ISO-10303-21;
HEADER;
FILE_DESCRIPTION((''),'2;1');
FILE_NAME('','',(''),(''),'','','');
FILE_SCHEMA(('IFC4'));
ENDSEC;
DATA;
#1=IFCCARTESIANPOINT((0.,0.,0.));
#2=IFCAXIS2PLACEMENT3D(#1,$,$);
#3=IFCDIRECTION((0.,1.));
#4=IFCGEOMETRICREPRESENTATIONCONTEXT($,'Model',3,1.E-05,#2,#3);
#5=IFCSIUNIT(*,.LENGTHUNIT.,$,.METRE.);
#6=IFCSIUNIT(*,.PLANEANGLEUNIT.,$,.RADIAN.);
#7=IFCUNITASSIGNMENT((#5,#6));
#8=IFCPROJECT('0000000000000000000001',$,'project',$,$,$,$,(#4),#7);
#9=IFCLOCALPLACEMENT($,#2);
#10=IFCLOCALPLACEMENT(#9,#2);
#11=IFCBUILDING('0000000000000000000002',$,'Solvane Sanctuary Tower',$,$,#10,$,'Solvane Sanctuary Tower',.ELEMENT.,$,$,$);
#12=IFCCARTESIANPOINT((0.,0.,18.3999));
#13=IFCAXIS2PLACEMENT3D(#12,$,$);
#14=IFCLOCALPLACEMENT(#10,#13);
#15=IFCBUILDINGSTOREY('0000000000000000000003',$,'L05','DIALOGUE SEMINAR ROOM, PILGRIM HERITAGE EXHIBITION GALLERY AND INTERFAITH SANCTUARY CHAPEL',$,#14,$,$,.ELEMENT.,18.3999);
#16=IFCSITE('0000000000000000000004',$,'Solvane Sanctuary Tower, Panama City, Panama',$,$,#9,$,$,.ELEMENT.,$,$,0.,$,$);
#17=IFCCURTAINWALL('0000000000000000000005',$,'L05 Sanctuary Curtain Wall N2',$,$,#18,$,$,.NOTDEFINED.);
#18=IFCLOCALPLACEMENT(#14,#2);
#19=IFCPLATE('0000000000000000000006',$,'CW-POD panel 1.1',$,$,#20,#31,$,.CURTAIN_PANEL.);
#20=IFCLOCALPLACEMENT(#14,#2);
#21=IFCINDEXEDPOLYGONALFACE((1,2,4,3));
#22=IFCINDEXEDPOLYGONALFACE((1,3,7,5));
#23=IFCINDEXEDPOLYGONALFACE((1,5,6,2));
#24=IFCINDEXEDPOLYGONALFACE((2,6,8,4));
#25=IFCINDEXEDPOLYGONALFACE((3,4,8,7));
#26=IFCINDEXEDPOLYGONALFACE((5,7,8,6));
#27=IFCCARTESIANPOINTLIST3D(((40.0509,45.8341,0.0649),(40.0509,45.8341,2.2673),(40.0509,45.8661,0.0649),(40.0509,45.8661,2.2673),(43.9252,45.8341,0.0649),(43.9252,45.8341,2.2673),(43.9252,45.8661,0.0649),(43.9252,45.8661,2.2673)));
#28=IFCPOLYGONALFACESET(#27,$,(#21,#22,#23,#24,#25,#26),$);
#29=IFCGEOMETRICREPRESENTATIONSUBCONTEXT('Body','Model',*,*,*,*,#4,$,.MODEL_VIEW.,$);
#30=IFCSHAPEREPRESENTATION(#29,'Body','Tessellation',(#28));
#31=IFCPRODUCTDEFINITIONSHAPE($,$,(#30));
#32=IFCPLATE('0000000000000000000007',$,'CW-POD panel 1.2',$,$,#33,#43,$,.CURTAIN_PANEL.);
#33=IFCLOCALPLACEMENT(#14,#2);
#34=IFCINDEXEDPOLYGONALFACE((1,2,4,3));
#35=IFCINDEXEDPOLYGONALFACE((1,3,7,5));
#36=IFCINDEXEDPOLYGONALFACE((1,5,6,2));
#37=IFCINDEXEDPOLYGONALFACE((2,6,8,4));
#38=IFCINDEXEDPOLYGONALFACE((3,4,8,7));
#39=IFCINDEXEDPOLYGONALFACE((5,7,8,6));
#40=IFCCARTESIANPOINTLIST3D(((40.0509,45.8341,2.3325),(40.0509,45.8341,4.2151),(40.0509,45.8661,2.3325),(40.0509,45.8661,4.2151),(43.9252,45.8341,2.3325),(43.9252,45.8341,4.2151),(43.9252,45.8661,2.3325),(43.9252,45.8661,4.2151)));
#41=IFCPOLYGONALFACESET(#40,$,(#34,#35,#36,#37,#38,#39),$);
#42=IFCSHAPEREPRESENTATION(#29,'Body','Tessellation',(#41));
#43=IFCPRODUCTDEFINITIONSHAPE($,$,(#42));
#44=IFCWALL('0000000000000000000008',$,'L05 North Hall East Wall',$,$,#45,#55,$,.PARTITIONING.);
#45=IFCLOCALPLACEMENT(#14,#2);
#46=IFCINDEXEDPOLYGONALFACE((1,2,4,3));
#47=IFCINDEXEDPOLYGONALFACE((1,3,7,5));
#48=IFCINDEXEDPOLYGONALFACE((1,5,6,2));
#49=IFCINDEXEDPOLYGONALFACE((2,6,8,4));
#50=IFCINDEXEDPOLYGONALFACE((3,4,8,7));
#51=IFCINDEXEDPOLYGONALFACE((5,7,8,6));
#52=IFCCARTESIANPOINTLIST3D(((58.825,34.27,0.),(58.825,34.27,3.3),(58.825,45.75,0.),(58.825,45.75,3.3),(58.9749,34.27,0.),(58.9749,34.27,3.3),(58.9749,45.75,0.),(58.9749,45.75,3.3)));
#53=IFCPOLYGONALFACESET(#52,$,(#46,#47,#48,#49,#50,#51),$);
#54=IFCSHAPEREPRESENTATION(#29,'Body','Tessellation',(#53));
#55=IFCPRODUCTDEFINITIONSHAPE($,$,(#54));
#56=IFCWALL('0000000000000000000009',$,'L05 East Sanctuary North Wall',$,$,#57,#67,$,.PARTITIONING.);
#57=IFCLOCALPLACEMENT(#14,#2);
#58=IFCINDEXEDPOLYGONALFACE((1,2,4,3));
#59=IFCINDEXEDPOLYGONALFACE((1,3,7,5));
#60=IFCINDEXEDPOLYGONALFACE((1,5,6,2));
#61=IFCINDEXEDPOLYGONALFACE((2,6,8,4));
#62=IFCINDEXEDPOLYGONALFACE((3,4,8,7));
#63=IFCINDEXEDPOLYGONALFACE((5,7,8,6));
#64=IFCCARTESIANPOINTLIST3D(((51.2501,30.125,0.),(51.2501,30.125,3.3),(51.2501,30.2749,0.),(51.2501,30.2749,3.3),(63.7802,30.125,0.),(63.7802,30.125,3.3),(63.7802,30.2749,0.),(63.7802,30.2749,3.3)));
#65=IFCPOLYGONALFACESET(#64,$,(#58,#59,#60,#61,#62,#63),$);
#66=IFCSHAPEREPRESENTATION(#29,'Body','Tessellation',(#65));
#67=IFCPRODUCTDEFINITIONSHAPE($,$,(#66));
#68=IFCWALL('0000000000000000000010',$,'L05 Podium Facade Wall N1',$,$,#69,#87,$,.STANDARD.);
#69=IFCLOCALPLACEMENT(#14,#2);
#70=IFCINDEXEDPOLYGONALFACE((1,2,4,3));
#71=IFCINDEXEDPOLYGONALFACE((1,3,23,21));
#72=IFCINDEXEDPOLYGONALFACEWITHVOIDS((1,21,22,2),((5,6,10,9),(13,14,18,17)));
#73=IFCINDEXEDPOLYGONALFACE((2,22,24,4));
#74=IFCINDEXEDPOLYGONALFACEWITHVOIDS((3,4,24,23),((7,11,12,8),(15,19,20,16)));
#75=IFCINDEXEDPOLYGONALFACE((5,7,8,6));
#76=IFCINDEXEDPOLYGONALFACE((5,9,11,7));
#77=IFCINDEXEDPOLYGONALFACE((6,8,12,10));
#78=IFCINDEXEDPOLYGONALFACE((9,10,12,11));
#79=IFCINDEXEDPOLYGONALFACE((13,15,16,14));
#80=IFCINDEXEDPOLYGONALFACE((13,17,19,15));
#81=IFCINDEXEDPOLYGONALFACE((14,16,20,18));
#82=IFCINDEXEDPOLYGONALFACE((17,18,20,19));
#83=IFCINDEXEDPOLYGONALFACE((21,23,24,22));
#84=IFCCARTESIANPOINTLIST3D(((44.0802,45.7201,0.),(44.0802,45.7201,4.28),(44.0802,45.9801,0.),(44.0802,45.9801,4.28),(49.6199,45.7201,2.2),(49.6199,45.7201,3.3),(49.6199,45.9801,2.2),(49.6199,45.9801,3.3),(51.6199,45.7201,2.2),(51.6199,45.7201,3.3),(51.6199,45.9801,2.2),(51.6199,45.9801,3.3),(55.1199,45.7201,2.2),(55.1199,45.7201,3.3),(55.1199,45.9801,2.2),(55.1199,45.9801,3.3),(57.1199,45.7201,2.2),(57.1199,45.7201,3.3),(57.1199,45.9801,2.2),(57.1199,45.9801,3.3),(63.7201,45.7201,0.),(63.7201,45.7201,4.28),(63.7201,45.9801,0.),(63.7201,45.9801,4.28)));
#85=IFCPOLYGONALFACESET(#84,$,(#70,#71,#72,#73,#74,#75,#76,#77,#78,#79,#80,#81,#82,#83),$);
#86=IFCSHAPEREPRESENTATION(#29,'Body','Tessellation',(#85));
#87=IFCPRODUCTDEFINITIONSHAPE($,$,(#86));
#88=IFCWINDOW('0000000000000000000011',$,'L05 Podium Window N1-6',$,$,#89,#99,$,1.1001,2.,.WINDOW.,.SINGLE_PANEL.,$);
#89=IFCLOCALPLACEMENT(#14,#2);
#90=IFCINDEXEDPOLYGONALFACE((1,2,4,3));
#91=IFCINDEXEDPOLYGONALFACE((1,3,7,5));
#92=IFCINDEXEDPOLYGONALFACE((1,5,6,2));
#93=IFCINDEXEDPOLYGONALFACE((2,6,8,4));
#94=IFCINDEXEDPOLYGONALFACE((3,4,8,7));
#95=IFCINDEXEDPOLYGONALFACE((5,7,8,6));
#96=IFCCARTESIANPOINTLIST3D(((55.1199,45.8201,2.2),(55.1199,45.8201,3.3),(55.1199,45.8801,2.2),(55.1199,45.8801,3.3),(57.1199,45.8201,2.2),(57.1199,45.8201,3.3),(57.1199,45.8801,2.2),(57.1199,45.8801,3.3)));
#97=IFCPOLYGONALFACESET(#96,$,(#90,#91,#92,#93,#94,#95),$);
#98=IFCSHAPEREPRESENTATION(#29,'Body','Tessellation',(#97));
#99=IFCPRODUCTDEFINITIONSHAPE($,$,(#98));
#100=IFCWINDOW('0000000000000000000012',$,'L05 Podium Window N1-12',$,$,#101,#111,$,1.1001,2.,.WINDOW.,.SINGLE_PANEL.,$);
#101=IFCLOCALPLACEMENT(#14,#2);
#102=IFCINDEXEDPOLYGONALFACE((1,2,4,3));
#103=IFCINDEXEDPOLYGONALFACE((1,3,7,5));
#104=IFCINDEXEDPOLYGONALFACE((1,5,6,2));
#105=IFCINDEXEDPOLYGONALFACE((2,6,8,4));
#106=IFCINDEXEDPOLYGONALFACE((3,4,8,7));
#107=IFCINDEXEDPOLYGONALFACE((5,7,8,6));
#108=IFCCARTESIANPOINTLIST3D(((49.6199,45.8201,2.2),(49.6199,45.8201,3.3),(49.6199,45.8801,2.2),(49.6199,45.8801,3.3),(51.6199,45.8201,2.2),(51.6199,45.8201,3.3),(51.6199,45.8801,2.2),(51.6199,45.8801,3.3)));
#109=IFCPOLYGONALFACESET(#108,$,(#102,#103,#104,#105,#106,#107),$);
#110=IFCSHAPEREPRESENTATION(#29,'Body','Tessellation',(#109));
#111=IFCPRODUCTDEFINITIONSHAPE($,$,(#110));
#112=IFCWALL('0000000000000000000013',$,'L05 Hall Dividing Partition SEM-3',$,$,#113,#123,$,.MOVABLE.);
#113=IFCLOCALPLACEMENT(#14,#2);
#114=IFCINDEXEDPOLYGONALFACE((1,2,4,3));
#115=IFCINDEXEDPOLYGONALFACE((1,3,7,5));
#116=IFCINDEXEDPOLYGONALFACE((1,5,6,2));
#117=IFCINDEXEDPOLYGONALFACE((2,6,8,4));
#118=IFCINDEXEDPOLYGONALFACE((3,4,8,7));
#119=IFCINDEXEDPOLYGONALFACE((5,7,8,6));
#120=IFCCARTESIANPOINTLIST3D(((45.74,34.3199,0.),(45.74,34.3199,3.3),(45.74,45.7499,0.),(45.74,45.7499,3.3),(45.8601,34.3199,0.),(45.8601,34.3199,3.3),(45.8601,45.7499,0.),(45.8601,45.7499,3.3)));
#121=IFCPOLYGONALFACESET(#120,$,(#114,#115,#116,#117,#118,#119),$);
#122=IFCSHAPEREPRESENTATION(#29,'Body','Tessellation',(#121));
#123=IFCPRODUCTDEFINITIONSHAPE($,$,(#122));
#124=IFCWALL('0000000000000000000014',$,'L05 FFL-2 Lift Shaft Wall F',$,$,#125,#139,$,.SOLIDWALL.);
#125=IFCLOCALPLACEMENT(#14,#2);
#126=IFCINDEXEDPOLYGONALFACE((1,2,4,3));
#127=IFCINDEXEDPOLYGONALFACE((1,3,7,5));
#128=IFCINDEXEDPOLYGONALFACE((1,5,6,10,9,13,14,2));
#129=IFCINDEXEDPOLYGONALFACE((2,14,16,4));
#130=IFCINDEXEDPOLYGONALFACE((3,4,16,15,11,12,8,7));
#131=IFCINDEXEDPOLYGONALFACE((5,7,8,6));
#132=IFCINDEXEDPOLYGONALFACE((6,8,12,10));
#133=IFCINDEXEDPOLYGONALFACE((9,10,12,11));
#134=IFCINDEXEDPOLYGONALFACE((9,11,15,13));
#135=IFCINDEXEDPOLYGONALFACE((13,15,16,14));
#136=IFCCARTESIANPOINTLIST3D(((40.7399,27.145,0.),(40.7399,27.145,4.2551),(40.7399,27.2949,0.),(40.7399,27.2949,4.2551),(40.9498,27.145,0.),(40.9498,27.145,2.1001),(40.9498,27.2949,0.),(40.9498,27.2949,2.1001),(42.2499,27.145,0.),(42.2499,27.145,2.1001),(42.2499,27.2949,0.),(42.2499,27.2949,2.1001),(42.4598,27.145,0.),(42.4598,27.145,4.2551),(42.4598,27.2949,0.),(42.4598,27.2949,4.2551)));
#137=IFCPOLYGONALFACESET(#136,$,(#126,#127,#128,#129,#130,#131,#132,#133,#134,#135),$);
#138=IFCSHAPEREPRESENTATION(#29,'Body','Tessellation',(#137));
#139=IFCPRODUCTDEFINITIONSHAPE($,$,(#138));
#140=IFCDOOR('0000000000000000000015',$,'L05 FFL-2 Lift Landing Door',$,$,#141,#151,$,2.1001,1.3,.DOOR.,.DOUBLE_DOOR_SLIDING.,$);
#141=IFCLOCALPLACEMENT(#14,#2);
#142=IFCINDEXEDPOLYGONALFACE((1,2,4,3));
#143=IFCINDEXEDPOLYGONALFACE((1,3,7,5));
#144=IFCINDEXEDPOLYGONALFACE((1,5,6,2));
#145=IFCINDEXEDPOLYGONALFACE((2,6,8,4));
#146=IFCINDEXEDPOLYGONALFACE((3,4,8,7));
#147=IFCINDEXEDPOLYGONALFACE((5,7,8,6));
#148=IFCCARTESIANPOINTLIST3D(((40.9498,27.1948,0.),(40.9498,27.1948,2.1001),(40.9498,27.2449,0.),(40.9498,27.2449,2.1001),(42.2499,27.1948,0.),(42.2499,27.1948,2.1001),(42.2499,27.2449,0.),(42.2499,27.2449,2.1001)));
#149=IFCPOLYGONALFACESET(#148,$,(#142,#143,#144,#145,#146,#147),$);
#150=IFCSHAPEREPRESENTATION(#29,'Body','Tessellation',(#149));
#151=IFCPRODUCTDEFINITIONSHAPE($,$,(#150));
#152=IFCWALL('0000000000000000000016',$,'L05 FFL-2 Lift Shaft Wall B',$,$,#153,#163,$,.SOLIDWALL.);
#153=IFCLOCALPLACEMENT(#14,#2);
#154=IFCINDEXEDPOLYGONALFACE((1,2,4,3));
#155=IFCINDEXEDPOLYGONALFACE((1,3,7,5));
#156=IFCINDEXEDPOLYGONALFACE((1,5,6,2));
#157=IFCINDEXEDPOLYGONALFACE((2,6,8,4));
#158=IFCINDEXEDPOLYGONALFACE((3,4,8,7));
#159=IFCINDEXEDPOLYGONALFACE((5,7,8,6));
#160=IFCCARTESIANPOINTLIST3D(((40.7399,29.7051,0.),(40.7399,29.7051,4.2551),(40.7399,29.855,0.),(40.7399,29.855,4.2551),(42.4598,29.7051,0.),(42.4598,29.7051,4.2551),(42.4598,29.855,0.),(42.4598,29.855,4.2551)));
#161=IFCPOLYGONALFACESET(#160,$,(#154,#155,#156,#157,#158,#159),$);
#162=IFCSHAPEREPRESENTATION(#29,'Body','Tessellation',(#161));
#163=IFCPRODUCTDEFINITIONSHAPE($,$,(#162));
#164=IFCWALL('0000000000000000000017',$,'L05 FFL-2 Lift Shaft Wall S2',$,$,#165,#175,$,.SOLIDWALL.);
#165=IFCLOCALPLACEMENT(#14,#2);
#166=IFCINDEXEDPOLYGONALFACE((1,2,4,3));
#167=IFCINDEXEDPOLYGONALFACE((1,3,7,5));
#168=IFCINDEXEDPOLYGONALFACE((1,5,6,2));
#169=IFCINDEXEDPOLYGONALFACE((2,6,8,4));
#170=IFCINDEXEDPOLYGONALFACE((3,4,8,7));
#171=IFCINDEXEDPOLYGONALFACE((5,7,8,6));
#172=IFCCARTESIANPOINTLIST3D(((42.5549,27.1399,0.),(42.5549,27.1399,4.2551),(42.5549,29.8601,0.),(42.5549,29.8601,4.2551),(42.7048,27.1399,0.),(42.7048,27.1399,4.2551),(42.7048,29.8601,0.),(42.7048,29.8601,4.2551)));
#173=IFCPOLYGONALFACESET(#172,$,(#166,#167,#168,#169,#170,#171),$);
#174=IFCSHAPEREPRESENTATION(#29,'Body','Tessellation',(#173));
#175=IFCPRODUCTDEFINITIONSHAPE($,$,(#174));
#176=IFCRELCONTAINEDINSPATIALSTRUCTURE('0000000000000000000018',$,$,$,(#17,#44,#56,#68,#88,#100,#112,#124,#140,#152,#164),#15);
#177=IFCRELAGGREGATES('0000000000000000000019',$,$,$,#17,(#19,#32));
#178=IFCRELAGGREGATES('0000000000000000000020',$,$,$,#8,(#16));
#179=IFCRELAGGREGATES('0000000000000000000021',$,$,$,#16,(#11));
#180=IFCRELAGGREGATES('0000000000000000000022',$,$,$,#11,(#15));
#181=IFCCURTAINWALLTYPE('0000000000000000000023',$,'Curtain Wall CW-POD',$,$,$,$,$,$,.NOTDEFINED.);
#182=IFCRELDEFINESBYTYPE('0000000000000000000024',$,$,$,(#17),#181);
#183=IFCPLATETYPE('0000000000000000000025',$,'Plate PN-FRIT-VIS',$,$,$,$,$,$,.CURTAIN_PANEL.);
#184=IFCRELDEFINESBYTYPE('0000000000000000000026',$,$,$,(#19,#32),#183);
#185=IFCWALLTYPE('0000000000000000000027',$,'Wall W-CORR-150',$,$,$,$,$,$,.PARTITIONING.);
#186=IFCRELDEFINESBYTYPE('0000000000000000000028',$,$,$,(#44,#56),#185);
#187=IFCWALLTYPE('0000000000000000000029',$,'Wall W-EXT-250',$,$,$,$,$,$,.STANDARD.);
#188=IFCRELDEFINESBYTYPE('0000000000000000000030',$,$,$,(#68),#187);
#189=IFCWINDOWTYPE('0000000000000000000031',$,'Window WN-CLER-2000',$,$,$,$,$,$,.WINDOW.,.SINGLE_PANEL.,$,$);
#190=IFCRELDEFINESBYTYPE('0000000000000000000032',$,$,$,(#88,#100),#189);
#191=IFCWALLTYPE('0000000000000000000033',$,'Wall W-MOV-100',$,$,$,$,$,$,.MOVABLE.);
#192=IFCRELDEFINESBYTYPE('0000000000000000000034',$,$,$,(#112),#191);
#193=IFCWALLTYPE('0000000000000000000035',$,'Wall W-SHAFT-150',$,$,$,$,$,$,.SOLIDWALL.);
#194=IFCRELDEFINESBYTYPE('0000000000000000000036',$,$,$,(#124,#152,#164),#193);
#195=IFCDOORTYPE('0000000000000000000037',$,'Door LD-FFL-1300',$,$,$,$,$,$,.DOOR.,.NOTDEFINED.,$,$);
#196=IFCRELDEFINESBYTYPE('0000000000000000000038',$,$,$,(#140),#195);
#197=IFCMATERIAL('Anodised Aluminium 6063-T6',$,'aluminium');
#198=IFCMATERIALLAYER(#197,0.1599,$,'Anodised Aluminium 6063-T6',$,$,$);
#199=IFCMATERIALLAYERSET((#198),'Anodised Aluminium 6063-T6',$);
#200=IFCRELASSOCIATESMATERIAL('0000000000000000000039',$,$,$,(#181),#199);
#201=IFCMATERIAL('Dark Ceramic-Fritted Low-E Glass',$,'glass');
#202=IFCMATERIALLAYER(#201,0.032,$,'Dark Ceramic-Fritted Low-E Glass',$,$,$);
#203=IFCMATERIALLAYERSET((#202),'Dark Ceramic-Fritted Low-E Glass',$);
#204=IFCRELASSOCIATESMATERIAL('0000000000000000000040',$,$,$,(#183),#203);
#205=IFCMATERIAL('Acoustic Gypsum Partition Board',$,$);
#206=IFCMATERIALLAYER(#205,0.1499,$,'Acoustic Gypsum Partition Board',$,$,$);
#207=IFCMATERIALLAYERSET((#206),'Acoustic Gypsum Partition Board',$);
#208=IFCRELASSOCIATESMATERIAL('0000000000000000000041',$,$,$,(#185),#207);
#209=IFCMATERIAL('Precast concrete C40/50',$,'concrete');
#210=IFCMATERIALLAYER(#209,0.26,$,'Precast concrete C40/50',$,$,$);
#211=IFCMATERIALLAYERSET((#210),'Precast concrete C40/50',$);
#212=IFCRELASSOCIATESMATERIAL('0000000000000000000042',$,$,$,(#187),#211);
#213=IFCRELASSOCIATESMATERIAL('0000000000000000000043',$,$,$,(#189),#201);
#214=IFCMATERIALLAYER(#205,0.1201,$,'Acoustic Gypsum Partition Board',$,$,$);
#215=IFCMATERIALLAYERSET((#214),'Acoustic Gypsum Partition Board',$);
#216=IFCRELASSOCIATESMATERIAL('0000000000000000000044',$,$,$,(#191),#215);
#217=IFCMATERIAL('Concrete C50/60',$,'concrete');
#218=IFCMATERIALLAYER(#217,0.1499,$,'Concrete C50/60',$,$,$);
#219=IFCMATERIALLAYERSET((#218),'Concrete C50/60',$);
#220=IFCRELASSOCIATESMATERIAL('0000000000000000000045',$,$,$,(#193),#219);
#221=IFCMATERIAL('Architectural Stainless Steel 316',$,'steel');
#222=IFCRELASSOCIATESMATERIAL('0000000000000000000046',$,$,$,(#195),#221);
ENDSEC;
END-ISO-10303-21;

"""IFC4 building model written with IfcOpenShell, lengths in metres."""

from ifc_helpers import new_model, si_unit, direction, frame, frame_2d, origin, origin_2d, place, context, subcontext, project, spatial, rectangle, extrude, material, layer, layer_set, type_object, element, fill, aggregate, save


model = new_model("IFC4")

# Units and contexts
model_context = context("Model", 3, precision=1e-05, world=origin(), true_north=direction((0.0, 1.0)))
body_context = subcontext(model_context, "Body", "Model", "MODEL_VIEW")
ifc_project = project(units=[si_unit("LENGTHUNIT", "METRE"), si_unit("PLANEANGLEUNIT", "RADIAN")], contexts=[model_context])

# Site, building, storey
site_placement = place(None, origin())
site = spatial("IfcSite", under=ifc_project, at=site_placement, Name="Solvane Sanctuary Tower, Panama City, Panama", CompositionType="ELEMENT", RefElevation=0.0)
building_placement = place(site_placement, origin())
building = spatial("IfcBuilding", under=site, at=building_placement, Name="Solvane Sanctuary Tower", LongName="Solvane Sanctuary Tower", CompositionType="ELEMENT")
storey_placement = place(building_placement, frame((0.0, 0.0, 18.3999)))
storey = spatial("IfcBuildingStorey", under=building, at=storey_placement, Name="L05", Description="DIALOGUE SEMINAR ROOM, PILGRIM HERITAGE EXHIBITION GALLERY AND INTERFAITH SANCTUARY CHAPEL", CompositionType="ELEMENT", Elevation=18.3999)

# Curtain wall, plates
ifc_material_1 = material(Name="Anodised Aluminium 6063-T6", Category="aluminium")
ifc_layer_1 = layer(ifc_material_1, 0.1599, Name="Anodised Aluminium 6063-T6")
ifc_layer_set_1 = layer_set([ifc_layer_1], Name="Anodised Aluminium 6063-T6")
curtain_wall_type = type_object("IfcCurtainWallType", Name="Curtain Wall CW-POD", PredefinedType="NOTDEFINED", material=ifc_layer_set_1)
curtain_wall_placement = place(storey_placement, origin())
curtain_wall = element("IfcCurtainWall", 1, at=curtain_wall_placement, inside=storey, type_object=curtain_wall_type, Name="L05 Sanctuary Curtain Wall N2", PredefinedType="NOTDEFINED")
ifc_material_2 = material(Name="Dark Ceramic-Fritted Low-E Glass", Category="glass")
ifc_layer_2 = layer(ifc_material_2, 0.032, Name="Dark Ceramic-Fritted Low-E Glass")
ifc_layer_set_2 = layer_set([ifc_layer_2], Name="Dark Ceramic-Fritted Low-E Glass")
plate_type = type_object("IfcPlateType", Name="Plate PN-FRIT-VIS", PredefinedType="CURTAIN_PANEL", material=ifc_layer_set_2)
plate_1_placement = place(storey_placement, frame((41.988, 45.8501, 0.0649), z_axis=(0.0, 0.0, 1.0), x_axis=(-1.0, 0.0, 0.0)))
plate_1 = element("IfcPlate", 2, at=plate_1_placement, type_object=plate_type, Name="CW-POD panel 1.1", PredefinedType="CURTAIN_PANEL", context=body_context, shape_type="SweptSolid", body=[
    extrude(rectangle(XDim=3.8743, YDim=0.032, at=origin_2d()), origin(), (0.0, 0.0, 1.0), 2.2024),
])
plate_2_placement = place(storey_placement, frame((41.988, 45.8501, 2.3325), z_axis=(0.0, 0.0, 1.0), x_axis=(-1.0, 0.0, 0.0)))
plate_2 = element("IfcPlate", 3, at=plate_2_placement, type_object=plate_type, Name="CW-POD panel 1.2", PredefinedType="CURTAIN_PANEL", context=body_context, shape_type="SweptSolid", body=[
    extrude(rectangle(XDim=3.8743, YDim=0.032, at=origin_2d()), origin(), (0.0, 0.0, 1.0), 1.8826),
])
aggregate(curtain_wall, [plate_1, plate_2])

# Walls
ifc_material_3 = material(Name="Acoustic Gypsum Partition Board")
ifc_layer_3 = layer(ifc_material_3, 0.1499, Name="Acoustic Gypsum Partition Board")
ifc_layer_set_3 = layer_set([ifc_layer_3], Name="Acoustic Gypsum Partition Board")
wall_type_1 = type_object("IfcWallType", Name="Wall W-CORR-150", PredefinedType="PARTITIONING", material=ifc_layer_set_3)
wall_1_placement = place(storey_placement, frame((58.8999, 34.27, 0.0), z_axis=(0.0, 0.0, 1.0), x_axis=(0.0, 1.0, 0.0)))
element("IfcWall", 4, at=wall_1_placement, inside=storey, type_object=wall_type_1, Name="L05 North Hall East Wall", PredefinedType="PARTITIONING", context=body_context, shape_type="SweptSolid", body=[
    extrude(rectangle(XDim=11.48, YDim=0.1499, at=frame_2d((5.74, 0.0))), origin(), (0.0, 0.0, 1.0), 3.3),
])
wall_2_placement = place(storey_placement, frame((51.25, 30.2, 0.0), z_axis=(0.0, 0.0, 1.0), x_axis=(1.0, 0.0, 0.0)))
element("IfcWall", 5, at=wall_2_placement, inside=storey, type_object=wall_type_1, Name="L05 East Sanctuary North Wall", PredefinedType="PARTITIONING", context=body_context, shape_type="SweptSolid", body=[
    extrude(rectangle(XDim=12.53, YDim=0.1499, at=frame_2d((6.2651, 0.0))), origin(), (0.0, 0.0, 1.0), 3.3),
])

# Wall, openings, windows
ifc_material_4 = material(Name="Precast concrete C40/50", Category="concrete")
ifc_layer_4 = layer(ifc_material_4, 0.26, Name="Precast concrete C40/50")
ifc_layer_set_4 = layer_set([ifc_layer_4], Name="Precast concrete C40/50")
wall_type_2 = type_object("IfcWallType", Name="Wall W-EXT-250", PredefinedType="STANDARD", material=ifc_layer_set_4)
wall_3_placement = place(storey_placement, frame((63.72, 45.8501, 0.0), z_axis=(0.0, 0.0, 1.0), x_axis=(-1.0, 0.0, 0.0)))
wall_3 = element("IfcWall", 6, at=wall_3_placement, inside=storey, type_object=wall_type_2, Name="L05 Podium Facade Wall N1", PredefinedType="STANDARD", context=body_context, shape_type="SweptSolid", body=[
    extrude(rectangle(XDim=19.6399, YDim=0.26, at=frame_2d((9.8198, 0.0))), origin(), (0.0, 0.0, 1.0), 4.28),
])
opening_1_placement = place(wall_3_placement, frame((6.6001, 0.0, 2.2)))
opening_1 = element("IfcOpeningElement", 7, at=opening_1_placement, cuts=wall_3, PredefinedType="OPENING", context=body_context, shape_type="SweptSolid", body=[
    extrude(rectangle(XDim=2.0, YDim=1.1001, at=frame_2d((1.0, 0.55))), frame((0.0, 0.1399, 0.0), z_axis=(0.0, -1.0, 0.0), x_axis=(1.0, 0.0, 0.0)), (0.0, 0.0, 1.0), 0.28),
])
opening_2_placement = place(wall_3_placement, frame((12.1001, 0.0, 2.2)))
opening_2 = element("IfcOpeningElement", 8, at=opening_2_placement, cuts=wall_3, PredefinedType="OPENING", context=body_context, shape_type="SweptSolid", body=[
    extrude(rectangle(XDim=2.0, YDim=1.1001, at=frame_2d((1.0, 0.55))), frame((0.0, 0.1399, 0.0), z_axis=(0.0, -1.0, 0.0), x_axis=(1.0, 0.0, 0.0)), (0.0, 0.0, 1.0), 0.28),
])
window_type = type_object("IfcWindowType", Name="Window WN-CLER-2000", PartitioningType="SINGLE_PANEL", PredefinedType="WINDOW", material=ifc_material_2)
window_1_placement = place(opening_1_placement, origin())
window_1 = element("IfcWindow", 9, at=window_1_placement, inside=storey, type_object=window_type, Name="L05 Podium Window N1-6", OverallHeight=1.1001, OverallWidth=2.0, PartitioningType="SINGLE_PANEL", PredefinedType="WINDOW", context=body_context, shape_type="SweptSolid", body=[
    extrude(rectangle(XDim=2.0, YDim=1.1001, at=frame_2d((1.0, 0.55))), frame((0.0, 0.03, 0.0), z_axis=(0.0, -1.0, 0.0), x_axis=(1.0, 0.0, 0.0)), (0.0, 0.0, 1.0), 0.0601),
])
fill(opening_1, window_1)
window_2_placement = place(opening_2_placement, origin())
window_2 = element("IfcWindow", 10, at=window_2_placement, inside=storey, type_object=window_type, Name="L05 Podium Window N1-12", OverallHeight=1.1001, OverallWidth=2.0, PartitioningType="SINGLE_PANEL", PredefinedType="WINDOW", context=body_context, shape_type="SweptSolid", body=[
    extrude(rectangle(XDim=2.0, YDim=1.1001, at=frame_2d((1.0, 0.55))), frame((0.0, 0.03, 0.0), z_axis=(0.0, -1.0, 0.0), x_axis=(1.0, 0.0, 0.0)), (0.0, 0.0, 1.0), 0.0601),
])
fill(opening_2, window_2)

# Wall
ifc_layer_5 = layer(ifc_material_3, 0.1201, Name="Acoustic Gypsum Partition Board")
ifc_layer_set_5 = layer_set([ifc_layer_5], Name="Acoustic Gypsum Partition Board")
wall_type_3 = type_object("IfcWallType", Name="Wall W-MOV-100", PredefinedType="MOVABLE", material=ifc_layer_set_5)
wall_4_placement = place(storey_placement, frame((45.8, 34.3201, 0.0), z_axis=(0.0, 0.0, 1.0), x_axis=(0.0, 1.0, 0.0)))
element("IfcWall", 11, at=wall_4_placement, inside=storey, type_object=wall_type_3, Name="L05 Hall Dividing Partition SEM-3", PredefinedType="MOVABLE", context=body_context, shape_type="SweptSolid", body=[
    extrude(rectangle(XDim=11.4299, YDim=0.1201, at=frame_2d((5.7148, 0.0))), origin(), (0.0, 0.0, 1.0), 3.3),
])

# Wall, opening, door
ifc_material_5 = material(Name="Concrete C50/60", Category="concrete")
ifc_layer_6 = layer(ifc_material_5, 0.1499, Name="Concrete C50/60")
ifc_layer_set_6 = layer_set([ifc_layer_6], Name="Concrete C50/60")
wall_type_4 = type_object("IfcWallType", Name="Wall W-SHAFT-150", PredefinedType="SOLIDWALL", material=ifc_layer_set_6)
wall_5_placement = place(storey_placement, frame((40.74, 27.22, 0.0), z_axis=(0.0, 0.0, 1.0), x_axis=(1.0, 0.0, 0.0)))
wall_5 = element("IfcWall", 12, at=wall_5_placement, inside=storey, type_object=wall_type_4, Name="L05 FFL-2 Lift Shaft Wall F", PredefinedType="SOLIDWALL", context=body_context, shape_type="SweptSolid", body=[
    extrude(rectangle(XDim=1.72, YDim=0.1499, at=frame_2d((0.8599, 0.0))), origin(), (0.0, 0.0, 1.0), 4.2551),
])
opening_3_placement = place(wall_5_placement, frame((0.21, 0.0, 0.0)))
opening_3 = element("IfcOpeningElement", 13, at=opening_3_placement, cuts=wall_5, PredefinedType="OPENING", context=body_context, shape_type="SweptSolid", body=[
    extrude(rectangle(XDim=1.3, YDim=2.1001, at=frame_2d((0.6499, 1.05))), frame((0.0, 0.085, 0.0), z_axis=(0.0, -1.0, 0.0), x_axis=(1.0, 0.0, 0.0)), (0.0, 0.0, 1.0), 0.1699),
])
ifc_material_6 = material(Name="Architectural Stainless Steel 316", Category="steel")
door_type_1 = type_object("IfcDoorType", Name="Door LD-FFL-1300", OperationType="NOTDEFINED", PredefinedType="DOOR", material=ifc_material_6)
door_1_placement = place(opening_3_placement, origin())
door_1 = element("IfcDoor", 14, at=door_1_placement, inside=storey, type_object=door_type_1, Name="L05 FFL-2 Lift Landing Door", OperationType="DOUBLE_DOOR_SLIDING", OverallHeight=2.1001, OverallWidth=1.3, PredefinedType="DOOR", context=body_context, shape_type="SweptSolid", body=[
    extrude(rectangle(XDim=1.3, YDim=2.1001, at=frame_2d((0.6499, 1.05))), frame((0.0, 0.0249, 0.0), z_axis=(0.0, -1.0, 0.0), x_axis=(1.0, 0.0, 0.0)), (0.0, 0.0, 1.0), 0.05),
])
fill(opening_3, door_1)

# Walls
wall_6_placement = place(storey_placement, frame((40.74, 29.78, 0.0), z_axis=(0.0, 0.0, 1.0), x_axis=(1.0, 0.0, 0.0)))
element("IfcWall", 15, at=wall_6_placement, inside=storey, type_object=wall_type_4, Name="L05 FFL-2 Lift Shaft Wall B", PredefinedType="SOLIDWALL", context=body_context, shape_type="SweptSolid", body=[
    extrude(rectangle(XDim=1.72, YDim=0.1499, at=frame_2d((0.8599, 0.0))), origin(), (0.0, 0.0, 1.0), 4.2551),
])
wall_7_placement = place(storey_placement, frame((42.6299, 27.1399, 0.0), z_axis=(0.0, 0.0, 1.0), x_axis=(0.0, 1.0, 0.0)))
element("IfcWall", 16, at=wall_7_placement, inside=storey, type_object=wall_type_4, Name="L05 FFL-2 Lift Shaft Wall S2", PredefinedType="SOLIDWALL", context=body_context, shape_type="SweptSolid", body=[
    extrude(rectangle(XDim=2.7202, YDim=0.1499, at=frame_2d((1.3601, 0.0))), origin(), (0.0, 0.0, 1.0), 4.2551),
])

save(model, "model.ifc")
